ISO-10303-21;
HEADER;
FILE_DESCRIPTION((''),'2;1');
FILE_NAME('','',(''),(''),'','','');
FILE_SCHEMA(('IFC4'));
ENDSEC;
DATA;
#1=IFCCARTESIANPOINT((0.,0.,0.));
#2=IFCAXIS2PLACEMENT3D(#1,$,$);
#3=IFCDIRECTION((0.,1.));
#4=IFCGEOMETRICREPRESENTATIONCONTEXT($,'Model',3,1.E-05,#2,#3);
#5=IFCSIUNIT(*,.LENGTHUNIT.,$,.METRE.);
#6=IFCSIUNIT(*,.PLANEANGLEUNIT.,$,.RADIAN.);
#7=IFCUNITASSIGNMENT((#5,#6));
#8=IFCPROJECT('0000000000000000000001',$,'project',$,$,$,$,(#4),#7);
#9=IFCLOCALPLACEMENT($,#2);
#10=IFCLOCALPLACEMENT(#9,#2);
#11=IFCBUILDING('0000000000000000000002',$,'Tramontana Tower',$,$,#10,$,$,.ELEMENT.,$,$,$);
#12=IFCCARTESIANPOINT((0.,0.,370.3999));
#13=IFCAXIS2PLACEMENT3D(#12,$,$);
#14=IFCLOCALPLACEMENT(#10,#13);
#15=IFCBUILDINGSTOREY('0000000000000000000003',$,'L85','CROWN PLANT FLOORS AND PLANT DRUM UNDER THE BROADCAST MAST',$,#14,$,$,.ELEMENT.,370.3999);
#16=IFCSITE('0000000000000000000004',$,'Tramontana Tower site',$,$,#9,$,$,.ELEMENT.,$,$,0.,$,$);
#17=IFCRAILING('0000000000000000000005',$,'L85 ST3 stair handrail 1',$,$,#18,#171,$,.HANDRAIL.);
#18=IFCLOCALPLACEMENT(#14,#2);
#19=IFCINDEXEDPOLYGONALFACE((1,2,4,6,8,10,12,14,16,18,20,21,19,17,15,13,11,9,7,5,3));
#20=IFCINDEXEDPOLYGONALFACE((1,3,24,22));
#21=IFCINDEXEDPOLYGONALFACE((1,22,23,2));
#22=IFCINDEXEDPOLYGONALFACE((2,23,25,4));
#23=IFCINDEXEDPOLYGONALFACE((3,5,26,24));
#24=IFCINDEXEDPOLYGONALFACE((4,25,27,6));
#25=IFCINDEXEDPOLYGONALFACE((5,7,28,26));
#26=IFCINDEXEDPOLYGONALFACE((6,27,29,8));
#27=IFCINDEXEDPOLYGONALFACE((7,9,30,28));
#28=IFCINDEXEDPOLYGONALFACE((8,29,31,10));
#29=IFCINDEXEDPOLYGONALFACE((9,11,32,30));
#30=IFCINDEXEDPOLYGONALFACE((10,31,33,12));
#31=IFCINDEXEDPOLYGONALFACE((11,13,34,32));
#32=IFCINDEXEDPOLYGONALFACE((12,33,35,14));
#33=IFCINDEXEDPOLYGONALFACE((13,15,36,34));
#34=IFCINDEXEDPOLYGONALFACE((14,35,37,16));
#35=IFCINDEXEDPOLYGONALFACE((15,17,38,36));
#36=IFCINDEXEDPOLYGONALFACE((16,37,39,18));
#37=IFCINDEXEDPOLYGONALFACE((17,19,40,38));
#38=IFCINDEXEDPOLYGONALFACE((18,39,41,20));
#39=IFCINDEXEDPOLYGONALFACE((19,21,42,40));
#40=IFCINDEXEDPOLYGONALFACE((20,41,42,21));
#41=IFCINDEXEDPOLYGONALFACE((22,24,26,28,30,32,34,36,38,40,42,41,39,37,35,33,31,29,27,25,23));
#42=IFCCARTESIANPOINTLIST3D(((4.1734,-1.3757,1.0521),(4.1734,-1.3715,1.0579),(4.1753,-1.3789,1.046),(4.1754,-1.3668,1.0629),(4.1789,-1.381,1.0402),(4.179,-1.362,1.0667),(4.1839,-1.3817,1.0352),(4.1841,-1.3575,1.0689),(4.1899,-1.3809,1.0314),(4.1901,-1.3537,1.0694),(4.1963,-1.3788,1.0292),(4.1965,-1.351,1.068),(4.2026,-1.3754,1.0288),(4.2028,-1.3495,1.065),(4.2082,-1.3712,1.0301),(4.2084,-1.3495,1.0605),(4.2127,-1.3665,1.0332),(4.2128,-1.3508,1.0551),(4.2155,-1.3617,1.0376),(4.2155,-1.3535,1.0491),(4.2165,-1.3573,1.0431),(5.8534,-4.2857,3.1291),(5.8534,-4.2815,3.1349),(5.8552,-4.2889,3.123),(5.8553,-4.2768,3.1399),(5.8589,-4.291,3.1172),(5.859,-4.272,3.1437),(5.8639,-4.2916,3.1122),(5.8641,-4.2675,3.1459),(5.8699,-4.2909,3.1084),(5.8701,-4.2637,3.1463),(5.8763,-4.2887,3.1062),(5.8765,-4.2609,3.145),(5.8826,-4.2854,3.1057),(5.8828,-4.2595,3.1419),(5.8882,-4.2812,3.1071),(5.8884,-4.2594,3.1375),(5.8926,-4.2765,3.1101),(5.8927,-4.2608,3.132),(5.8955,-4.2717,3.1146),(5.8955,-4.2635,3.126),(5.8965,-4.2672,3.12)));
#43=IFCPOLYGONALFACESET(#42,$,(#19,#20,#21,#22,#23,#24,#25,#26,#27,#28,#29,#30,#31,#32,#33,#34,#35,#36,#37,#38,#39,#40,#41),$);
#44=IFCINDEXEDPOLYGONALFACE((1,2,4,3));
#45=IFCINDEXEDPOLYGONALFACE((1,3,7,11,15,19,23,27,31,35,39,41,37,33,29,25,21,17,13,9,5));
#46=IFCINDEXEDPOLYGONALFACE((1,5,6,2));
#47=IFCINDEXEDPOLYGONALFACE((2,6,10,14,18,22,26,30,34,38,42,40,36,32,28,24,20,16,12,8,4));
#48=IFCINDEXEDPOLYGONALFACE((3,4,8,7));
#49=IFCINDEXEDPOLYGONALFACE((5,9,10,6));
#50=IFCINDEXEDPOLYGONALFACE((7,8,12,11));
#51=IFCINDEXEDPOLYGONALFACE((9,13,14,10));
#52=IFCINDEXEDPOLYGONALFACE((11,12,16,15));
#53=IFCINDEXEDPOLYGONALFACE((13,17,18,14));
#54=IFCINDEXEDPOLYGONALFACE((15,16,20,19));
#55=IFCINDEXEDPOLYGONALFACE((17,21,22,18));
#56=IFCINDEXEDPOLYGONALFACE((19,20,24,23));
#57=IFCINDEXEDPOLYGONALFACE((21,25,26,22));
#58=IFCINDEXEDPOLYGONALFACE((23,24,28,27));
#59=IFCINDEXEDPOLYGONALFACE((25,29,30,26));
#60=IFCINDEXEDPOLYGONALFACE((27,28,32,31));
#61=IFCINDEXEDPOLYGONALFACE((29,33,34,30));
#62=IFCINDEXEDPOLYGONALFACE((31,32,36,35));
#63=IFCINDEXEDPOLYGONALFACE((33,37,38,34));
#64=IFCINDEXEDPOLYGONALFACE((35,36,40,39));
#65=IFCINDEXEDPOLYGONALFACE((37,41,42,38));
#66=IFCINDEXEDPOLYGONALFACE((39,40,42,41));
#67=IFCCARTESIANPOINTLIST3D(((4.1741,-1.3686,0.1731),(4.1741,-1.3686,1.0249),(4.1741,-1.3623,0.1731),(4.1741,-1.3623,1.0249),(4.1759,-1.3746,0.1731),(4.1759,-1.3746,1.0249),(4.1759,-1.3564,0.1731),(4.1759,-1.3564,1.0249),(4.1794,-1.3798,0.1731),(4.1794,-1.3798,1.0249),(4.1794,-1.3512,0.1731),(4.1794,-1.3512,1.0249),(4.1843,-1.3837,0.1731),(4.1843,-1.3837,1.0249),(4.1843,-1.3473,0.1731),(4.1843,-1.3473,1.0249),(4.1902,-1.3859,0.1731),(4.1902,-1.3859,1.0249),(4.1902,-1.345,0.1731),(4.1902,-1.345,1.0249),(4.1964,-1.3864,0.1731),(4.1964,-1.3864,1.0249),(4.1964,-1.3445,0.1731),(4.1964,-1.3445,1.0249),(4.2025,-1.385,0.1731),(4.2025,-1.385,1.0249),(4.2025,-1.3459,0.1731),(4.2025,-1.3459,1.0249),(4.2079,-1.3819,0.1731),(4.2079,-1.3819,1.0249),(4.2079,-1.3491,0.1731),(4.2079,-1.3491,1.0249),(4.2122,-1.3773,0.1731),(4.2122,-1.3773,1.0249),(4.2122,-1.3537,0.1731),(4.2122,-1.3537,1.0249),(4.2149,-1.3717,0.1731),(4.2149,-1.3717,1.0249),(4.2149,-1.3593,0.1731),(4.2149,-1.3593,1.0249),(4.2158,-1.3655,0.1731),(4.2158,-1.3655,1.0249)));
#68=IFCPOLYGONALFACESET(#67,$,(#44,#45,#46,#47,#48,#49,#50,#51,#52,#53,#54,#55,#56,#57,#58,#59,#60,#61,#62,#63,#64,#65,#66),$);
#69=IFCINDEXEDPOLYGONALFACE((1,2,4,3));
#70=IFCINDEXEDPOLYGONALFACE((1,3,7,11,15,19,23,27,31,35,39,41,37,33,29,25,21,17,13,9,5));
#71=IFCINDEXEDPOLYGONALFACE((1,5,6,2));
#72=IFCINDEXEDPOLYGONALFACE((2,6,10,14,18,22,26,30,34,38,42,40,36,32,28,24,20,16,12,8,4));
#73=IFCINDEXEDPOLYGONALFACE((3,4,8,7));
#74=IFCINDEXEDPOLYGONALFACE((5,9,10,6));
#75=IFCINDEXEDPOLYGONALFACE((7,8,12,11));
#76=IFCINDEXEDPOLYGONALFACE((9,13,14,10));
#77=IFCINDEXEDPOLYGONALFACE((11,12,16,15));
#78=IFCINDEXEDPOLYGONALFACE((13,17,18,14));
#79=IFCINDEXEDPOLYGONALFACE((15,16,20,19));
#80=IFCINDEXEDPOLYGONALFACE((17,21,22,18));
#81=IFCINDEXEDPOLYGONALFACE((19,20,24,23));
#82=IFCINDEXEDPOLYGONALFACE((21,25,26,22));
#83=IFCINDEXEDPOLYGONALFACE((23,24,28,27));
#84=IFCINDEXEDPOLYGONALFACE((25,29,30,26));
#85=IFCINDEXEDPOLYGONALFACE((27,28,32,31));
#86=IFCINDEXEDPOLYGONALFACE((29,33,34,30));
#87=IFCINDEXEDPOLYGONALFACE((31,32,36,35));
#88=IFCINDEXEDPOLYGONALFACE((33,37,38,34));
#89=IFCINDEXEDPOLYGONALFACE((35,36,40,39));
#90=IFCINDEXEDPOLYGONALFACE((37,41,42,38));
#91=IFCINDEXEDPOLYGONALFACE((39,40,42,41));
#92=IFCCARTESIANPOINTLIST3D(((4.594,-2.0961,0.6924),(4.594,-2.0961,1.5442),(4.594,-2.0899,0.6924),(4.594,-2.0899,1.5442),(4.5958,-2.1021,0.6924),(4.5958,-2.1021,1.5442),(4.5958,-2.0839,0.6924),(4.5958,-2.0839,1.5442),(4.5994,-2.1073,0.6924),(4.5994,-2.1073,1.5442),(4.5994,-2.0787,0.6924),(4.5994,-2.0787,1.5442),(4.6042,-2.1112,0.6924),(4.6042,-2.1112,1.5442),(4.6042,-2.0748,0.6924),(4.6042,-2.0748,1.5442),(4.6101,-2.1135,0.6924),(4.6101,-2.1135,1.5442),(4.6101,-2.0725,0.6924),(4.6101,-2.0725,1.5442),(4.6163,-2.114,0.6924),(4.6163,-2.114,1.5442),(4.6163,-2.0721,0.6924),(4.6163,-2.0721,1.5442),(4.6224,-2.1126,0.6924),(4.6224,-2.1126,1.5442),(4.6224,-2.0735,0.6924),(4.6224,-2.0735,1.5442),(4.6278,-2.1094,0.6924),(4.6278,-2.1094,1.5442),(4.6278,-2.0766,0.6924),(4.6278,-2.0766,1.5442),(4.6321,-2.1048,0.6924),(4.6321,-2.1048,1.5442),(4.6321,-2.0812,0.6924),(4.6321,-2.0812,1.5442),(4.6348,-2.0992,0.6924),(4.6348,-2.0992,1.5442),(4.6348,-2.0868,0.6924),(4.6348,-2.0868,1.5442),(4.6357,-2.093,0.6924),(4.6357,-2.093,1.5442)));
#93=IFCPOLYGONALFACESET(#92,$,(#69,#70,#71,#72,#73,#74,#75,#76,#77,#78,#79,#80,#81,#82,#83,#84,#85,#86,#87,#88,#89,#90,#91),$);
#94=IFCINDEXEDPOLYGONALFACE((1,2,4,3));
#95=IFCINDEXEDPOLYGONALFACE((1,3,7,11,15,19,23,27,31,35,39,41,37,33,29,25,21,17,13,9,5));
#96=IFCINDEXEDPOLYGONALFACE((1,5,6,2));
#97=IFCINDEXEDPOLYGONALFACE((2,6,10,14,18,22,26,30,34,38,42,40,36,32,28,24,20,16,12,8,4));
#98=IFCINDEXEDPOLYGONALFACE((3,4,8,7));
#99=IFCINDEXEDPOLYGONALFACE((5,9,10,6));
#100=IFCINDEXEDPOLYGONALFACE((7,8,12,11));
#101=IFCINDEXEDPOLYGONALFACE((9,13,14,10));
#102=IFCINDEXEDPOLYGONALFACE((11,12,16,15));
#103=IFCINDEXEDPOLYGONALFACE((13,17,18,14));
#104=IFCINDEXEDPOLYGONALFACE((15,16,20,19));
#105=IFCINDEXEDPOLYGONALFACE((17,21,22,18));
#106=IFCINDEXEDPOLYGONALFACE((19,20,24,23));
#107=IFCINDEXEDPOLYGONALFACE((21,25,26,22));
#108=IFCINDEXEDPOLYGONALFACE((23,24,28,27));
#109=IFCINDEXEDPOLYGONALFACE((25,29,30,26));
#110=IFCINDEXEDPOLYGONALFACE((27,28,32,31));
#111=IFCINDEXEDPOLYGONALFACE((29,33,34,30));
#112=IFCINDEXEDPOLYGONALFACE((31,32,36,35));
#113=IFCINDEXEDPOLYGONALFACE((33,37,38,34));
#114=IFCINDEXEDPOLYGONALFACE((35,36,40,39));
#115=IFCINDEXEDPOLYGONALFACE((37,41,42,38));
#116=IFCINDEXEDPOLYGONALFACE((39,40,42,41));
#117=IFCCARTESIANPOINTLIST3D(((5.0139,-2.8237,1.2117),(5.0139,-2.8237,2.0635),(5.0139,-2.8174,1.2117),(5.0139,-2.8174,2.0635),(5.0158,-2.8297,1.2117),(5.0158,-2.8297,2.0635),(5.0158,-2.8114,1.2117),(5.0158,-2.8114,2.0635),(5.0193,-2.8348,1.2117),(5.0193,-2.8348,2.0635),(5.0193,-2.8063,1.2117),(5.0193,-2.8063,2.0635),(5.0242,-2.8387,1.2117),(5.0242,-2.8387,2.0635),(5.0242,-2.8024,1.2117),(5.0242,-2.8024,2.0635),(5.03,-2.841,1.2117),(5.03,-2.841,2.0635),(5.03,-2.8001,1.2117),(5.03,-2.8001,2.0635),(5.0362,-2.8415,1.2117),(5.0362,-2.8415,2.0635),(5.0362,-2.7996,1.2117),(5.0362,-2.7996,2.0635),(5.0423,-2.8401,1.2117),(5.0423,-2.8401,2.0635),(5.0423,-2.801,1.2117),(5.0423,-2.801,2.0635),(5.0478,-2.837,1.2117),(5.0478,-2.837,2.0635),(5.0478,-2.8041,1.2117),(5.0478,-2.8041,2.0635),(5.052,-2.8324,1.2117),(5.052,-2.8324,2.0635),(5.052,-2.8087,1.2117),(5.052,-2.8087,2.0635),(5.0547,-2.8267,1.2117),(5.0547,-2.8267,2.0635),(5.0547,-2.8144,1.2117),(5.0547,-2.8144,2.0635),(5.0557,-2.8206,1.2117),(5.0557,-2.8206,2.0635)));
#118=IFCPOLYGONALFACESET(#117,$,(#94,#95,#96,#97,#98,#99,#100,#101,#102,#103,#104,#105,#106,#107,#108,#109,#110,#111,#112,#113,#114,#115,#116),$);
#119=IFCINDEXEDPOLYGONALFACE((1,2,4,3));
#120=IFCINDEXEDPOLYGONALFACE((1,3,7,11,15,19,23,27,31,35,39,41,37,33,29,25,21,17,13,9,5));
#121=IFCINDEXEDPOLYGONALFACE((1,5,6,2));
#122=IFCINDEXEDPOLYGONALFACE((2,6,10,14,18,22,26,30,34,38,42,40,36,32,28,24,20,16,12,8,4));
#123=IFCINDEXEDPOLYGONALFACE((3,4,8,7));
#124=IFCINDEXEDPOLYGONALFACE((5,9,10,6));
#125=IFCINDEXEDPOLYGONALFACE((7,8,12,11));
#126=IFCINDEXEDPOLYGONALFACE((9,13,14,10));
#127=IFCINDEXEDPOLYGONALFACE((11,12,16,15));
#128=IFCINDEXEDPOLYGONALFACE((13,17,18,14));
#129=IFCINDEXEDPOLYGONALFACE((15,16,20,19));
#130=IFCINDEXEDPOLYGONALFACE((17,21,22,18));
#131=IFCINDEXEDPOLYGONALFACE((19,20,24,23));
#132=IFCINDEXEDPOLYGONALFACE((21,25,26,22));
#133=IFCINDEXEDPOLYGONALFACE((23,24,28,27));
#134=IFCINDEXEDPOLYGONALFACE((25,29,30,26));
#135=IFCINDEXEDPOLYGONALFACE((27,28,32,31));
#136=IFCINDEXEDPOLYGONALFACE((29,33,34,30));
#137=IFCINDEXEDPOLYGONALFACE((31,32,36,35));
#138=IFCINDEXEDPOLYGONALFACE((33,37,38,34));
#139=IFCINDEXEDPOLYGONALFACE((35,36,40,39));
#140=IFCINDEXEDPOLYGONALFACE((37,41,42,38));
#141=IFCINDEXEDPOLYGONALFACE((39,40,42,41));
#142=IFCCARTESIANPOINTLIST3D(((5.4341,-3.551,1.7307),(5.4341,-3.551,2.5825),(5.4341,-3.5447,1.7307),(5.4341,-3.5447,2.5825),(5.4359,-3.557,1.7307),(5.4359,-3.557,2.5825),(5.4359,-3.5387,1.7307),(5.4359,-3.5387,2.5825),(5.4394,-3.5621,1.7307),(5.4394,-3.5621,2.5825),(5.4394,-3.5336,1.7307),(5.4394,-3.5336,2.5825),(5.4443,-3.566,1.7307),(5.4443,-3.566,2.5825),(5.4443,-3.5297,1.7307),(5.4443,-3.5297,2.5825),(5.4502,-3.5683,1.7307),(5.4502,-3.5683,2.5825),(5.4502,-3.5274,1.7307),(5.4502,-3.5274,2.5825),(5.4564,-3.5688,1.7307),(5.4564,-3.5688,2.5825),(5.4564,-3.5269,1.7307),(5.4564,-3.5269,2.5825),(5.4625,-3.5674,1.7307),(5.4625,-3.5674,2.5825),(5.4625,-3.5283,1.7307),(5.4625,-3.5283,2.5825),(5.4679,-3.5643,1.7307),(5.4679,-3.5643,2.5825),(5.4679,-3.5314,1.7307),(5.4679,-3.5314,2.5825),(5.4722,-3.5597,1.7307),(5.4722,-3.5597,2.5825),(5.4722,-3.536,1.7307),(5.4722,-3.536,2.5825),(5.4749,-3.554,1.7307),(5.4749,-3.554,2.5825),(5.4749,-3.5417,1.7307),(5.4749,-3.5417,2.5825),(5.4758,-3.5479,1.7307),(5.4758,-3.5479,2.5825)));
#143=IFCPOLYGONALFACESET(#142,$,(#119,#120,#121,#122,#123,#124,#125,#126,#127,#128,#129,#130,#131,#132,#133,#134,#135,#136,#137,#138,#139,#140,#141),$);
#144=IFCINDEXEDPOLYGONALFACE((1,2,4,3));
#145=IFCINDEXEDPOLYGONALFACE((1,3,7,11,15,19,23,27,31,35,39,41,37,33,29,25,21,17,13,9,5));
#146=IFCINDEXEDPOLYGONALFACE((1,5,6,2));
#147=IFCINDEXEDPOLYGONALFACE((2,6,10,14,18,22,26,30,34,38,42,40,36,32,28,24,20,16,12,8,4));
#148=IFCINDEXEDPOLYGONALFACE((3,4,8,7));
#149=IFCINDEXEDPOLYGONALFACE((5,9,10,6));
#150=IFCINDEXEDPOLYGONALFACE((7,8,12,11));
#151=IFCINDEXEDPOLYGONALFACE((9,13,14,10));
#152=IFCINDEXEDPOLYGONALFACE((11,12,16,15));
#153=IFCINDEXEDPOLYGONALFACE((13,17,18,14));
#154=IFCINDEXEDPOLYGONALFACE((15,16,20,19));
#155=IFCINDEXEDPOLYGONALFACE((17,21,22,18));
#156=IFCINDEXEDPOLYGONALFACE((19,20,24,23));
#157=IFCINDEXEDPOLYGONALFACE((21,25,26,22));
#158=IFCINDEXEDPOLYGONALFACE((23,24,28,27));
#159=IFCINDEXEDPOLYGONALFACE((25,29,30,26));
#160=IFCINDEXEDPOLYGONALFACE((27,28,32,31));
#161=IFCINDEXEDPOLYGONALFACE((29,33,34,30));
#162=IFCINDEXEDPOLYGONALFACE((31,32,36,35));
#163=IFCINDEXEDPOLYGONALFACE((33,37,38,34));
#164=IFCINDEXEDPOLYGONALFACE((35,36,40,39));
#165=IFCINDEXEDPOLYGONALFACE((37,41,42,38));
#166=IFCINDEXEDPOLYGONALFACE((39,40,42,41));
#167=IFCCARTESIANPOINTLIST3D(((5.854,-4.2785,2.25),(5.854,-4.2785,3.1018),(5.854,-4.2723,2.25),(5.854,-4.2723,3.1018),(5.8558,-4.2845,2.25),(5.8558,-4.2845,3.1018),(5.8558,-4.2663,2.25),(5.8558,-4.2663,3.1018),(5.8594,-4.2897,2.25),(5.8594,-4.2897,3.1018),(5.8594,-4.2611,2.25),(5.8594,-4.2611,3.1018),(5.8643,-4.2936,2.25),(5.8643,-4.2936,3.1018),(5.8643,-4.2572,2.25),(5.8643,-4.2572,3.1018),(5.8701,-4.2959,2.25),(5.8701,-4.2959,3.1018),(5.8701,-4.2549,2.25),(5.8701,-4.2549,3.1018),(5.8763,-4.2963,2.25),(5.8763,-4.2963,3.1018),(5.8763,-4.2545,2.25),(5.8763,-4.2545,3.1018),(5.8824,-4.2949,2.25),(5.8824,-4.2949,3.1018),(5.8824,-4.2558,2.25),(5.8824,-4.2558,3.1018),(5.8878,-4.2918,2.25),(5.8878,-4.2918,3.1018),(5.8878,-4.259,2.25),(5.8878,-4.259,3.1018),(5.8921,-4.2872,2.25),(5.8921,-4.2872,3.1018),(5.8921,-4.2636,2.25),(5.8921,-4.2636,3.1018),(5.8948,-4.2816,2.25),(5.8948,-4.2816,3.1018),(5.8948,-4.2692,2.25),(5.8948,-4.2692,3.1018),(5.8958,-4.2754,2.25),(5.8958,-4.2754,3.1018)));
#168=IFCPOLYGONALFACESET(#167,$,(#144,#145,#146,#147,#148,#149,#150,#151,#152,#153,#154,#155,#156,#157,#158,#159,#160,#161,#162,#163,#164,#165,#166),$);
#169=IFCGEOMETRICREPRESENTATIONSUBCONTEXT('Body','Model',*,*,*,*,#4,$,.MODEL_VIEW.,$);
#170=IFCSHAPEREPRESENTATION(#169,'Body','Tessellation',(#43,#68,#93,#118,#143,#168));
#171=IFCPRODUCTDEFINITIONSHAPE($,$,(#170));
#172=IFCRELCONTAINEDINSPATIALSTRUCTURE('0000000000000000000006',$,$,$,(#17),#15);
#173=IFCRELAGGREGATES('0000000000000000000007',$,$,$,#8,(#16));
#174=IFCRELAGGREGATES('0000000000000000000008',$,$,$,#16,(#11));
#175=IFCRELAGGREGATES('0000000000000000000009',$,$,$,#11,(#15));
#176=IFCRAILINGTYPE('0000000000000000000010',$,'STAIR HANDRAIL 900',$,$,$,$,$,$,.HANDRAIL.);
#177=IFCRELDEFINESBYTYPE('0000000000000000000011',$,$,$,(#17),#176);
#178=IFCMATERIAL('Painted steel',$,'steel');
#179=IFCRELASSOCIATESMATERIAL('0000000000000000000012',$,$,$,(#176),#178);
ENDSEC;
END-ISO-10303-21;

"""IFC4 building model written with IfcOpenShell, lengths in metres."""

from ifc_helpers import new_model, si_unit, direction, frame, origin, origin_2d, place, context, subcontext, project, spatial, circle, extrude, material, type_object, element, save


model = new_model("IFC4")

# Units and contexts
model_context = context("Model", 3, precision=1e-05, world=origin(), true_north=direction((0.0, 1.0)))
body_context = subcontext(model_context, "Body", "Model", "MODEL_VIEW")
ifc_project = project(units=[si_unit("LENGTHUNIT", "METRE"), si_unit("PLANEANGLEUNIT", "RADIAN")], contexts=[model_context])

# Site, building, storey
site_placement = place(None, origin())
site = spatial("IfcSite", under=ifc_project, at=site_placement, Name="Tramontana Tower site", CompositionType="ELEMENT", RefElevation=0.0)
building_placement = place(site_placement, origin())
building = spatial("IfcBuilding", under=site, at=building_placement, Name="Tramontana Tower", CompositionType="ELEMENT")
storey_placement = place(building_placement, frame((0.0, 0.0, 370.3999)))
storey = spatial("IfcBuildingStorey", under=building, at=storey_placement, Name="L85", Description="CROWN PLANT FLOORS AND PLANT DRUM UNDER THE BROADCAST MAST", CompositionType="ELEMENT", Elevation=370.3999)

# Railing
ifc_material_1 = material(Name="Painted steel", Category="steel")
railing_type_1 = type_object("IfcRailingType", Name="STAIR HANDRAIL 900", PredefinedType="HANDRAIL", material=ifc_material_1)
railing_1_placement = place(storey_placement, frame((4.1948, -1.3655, 0.1731)))
element("IfcRailing", 1, at=railing_1_placement, inside=storey, type_object=railing_type_1, Name="L85 ST3 stair handrail 1", PredefinedType="HANDRAIL", context=body_context, shape_type="SweptSolid", body=[
    extrude(circle(Radius=0.0239, at=origin_2d()), frame((0.0, 0.0, 0.876), z_axis=(0.425288, -0.736668, 0.525785), x_axis=(0.866039, 0.499976, 0.0)), (0.0, 0.0, 1.0), 3.9502),
    extrude(circle(Radius=0.021, at=origin_2d()), origin(), (0.0, 0.0, 1.0), 0.8518),
    extrude(circle(Radius=0.021, at=origin_2d()), frame((0.4199, -0.7275, 0.5193)), (0.0, 0.0, 1.0), 0.8518),
    extrude(circle(Radius=0.021, at=origin_2d()), frame((0.8398, -1.4551, 1.0386)), (0.0, 0.0, 1.0), 0.8518),
    extrude(circle(Radius=0.021, at=origin_2d()), frame((1.26, -2.1824, 1.5576)), (0.0, 0.0, 1.0), 0.8518),
    extrude(circle(Radius=0.021, at=origin_2d()), frame((1.6799, -2.9099, 2.0769)), (0.0, 0.0, 1.0), 0.8518),
])

save(model, "model.ifc")
